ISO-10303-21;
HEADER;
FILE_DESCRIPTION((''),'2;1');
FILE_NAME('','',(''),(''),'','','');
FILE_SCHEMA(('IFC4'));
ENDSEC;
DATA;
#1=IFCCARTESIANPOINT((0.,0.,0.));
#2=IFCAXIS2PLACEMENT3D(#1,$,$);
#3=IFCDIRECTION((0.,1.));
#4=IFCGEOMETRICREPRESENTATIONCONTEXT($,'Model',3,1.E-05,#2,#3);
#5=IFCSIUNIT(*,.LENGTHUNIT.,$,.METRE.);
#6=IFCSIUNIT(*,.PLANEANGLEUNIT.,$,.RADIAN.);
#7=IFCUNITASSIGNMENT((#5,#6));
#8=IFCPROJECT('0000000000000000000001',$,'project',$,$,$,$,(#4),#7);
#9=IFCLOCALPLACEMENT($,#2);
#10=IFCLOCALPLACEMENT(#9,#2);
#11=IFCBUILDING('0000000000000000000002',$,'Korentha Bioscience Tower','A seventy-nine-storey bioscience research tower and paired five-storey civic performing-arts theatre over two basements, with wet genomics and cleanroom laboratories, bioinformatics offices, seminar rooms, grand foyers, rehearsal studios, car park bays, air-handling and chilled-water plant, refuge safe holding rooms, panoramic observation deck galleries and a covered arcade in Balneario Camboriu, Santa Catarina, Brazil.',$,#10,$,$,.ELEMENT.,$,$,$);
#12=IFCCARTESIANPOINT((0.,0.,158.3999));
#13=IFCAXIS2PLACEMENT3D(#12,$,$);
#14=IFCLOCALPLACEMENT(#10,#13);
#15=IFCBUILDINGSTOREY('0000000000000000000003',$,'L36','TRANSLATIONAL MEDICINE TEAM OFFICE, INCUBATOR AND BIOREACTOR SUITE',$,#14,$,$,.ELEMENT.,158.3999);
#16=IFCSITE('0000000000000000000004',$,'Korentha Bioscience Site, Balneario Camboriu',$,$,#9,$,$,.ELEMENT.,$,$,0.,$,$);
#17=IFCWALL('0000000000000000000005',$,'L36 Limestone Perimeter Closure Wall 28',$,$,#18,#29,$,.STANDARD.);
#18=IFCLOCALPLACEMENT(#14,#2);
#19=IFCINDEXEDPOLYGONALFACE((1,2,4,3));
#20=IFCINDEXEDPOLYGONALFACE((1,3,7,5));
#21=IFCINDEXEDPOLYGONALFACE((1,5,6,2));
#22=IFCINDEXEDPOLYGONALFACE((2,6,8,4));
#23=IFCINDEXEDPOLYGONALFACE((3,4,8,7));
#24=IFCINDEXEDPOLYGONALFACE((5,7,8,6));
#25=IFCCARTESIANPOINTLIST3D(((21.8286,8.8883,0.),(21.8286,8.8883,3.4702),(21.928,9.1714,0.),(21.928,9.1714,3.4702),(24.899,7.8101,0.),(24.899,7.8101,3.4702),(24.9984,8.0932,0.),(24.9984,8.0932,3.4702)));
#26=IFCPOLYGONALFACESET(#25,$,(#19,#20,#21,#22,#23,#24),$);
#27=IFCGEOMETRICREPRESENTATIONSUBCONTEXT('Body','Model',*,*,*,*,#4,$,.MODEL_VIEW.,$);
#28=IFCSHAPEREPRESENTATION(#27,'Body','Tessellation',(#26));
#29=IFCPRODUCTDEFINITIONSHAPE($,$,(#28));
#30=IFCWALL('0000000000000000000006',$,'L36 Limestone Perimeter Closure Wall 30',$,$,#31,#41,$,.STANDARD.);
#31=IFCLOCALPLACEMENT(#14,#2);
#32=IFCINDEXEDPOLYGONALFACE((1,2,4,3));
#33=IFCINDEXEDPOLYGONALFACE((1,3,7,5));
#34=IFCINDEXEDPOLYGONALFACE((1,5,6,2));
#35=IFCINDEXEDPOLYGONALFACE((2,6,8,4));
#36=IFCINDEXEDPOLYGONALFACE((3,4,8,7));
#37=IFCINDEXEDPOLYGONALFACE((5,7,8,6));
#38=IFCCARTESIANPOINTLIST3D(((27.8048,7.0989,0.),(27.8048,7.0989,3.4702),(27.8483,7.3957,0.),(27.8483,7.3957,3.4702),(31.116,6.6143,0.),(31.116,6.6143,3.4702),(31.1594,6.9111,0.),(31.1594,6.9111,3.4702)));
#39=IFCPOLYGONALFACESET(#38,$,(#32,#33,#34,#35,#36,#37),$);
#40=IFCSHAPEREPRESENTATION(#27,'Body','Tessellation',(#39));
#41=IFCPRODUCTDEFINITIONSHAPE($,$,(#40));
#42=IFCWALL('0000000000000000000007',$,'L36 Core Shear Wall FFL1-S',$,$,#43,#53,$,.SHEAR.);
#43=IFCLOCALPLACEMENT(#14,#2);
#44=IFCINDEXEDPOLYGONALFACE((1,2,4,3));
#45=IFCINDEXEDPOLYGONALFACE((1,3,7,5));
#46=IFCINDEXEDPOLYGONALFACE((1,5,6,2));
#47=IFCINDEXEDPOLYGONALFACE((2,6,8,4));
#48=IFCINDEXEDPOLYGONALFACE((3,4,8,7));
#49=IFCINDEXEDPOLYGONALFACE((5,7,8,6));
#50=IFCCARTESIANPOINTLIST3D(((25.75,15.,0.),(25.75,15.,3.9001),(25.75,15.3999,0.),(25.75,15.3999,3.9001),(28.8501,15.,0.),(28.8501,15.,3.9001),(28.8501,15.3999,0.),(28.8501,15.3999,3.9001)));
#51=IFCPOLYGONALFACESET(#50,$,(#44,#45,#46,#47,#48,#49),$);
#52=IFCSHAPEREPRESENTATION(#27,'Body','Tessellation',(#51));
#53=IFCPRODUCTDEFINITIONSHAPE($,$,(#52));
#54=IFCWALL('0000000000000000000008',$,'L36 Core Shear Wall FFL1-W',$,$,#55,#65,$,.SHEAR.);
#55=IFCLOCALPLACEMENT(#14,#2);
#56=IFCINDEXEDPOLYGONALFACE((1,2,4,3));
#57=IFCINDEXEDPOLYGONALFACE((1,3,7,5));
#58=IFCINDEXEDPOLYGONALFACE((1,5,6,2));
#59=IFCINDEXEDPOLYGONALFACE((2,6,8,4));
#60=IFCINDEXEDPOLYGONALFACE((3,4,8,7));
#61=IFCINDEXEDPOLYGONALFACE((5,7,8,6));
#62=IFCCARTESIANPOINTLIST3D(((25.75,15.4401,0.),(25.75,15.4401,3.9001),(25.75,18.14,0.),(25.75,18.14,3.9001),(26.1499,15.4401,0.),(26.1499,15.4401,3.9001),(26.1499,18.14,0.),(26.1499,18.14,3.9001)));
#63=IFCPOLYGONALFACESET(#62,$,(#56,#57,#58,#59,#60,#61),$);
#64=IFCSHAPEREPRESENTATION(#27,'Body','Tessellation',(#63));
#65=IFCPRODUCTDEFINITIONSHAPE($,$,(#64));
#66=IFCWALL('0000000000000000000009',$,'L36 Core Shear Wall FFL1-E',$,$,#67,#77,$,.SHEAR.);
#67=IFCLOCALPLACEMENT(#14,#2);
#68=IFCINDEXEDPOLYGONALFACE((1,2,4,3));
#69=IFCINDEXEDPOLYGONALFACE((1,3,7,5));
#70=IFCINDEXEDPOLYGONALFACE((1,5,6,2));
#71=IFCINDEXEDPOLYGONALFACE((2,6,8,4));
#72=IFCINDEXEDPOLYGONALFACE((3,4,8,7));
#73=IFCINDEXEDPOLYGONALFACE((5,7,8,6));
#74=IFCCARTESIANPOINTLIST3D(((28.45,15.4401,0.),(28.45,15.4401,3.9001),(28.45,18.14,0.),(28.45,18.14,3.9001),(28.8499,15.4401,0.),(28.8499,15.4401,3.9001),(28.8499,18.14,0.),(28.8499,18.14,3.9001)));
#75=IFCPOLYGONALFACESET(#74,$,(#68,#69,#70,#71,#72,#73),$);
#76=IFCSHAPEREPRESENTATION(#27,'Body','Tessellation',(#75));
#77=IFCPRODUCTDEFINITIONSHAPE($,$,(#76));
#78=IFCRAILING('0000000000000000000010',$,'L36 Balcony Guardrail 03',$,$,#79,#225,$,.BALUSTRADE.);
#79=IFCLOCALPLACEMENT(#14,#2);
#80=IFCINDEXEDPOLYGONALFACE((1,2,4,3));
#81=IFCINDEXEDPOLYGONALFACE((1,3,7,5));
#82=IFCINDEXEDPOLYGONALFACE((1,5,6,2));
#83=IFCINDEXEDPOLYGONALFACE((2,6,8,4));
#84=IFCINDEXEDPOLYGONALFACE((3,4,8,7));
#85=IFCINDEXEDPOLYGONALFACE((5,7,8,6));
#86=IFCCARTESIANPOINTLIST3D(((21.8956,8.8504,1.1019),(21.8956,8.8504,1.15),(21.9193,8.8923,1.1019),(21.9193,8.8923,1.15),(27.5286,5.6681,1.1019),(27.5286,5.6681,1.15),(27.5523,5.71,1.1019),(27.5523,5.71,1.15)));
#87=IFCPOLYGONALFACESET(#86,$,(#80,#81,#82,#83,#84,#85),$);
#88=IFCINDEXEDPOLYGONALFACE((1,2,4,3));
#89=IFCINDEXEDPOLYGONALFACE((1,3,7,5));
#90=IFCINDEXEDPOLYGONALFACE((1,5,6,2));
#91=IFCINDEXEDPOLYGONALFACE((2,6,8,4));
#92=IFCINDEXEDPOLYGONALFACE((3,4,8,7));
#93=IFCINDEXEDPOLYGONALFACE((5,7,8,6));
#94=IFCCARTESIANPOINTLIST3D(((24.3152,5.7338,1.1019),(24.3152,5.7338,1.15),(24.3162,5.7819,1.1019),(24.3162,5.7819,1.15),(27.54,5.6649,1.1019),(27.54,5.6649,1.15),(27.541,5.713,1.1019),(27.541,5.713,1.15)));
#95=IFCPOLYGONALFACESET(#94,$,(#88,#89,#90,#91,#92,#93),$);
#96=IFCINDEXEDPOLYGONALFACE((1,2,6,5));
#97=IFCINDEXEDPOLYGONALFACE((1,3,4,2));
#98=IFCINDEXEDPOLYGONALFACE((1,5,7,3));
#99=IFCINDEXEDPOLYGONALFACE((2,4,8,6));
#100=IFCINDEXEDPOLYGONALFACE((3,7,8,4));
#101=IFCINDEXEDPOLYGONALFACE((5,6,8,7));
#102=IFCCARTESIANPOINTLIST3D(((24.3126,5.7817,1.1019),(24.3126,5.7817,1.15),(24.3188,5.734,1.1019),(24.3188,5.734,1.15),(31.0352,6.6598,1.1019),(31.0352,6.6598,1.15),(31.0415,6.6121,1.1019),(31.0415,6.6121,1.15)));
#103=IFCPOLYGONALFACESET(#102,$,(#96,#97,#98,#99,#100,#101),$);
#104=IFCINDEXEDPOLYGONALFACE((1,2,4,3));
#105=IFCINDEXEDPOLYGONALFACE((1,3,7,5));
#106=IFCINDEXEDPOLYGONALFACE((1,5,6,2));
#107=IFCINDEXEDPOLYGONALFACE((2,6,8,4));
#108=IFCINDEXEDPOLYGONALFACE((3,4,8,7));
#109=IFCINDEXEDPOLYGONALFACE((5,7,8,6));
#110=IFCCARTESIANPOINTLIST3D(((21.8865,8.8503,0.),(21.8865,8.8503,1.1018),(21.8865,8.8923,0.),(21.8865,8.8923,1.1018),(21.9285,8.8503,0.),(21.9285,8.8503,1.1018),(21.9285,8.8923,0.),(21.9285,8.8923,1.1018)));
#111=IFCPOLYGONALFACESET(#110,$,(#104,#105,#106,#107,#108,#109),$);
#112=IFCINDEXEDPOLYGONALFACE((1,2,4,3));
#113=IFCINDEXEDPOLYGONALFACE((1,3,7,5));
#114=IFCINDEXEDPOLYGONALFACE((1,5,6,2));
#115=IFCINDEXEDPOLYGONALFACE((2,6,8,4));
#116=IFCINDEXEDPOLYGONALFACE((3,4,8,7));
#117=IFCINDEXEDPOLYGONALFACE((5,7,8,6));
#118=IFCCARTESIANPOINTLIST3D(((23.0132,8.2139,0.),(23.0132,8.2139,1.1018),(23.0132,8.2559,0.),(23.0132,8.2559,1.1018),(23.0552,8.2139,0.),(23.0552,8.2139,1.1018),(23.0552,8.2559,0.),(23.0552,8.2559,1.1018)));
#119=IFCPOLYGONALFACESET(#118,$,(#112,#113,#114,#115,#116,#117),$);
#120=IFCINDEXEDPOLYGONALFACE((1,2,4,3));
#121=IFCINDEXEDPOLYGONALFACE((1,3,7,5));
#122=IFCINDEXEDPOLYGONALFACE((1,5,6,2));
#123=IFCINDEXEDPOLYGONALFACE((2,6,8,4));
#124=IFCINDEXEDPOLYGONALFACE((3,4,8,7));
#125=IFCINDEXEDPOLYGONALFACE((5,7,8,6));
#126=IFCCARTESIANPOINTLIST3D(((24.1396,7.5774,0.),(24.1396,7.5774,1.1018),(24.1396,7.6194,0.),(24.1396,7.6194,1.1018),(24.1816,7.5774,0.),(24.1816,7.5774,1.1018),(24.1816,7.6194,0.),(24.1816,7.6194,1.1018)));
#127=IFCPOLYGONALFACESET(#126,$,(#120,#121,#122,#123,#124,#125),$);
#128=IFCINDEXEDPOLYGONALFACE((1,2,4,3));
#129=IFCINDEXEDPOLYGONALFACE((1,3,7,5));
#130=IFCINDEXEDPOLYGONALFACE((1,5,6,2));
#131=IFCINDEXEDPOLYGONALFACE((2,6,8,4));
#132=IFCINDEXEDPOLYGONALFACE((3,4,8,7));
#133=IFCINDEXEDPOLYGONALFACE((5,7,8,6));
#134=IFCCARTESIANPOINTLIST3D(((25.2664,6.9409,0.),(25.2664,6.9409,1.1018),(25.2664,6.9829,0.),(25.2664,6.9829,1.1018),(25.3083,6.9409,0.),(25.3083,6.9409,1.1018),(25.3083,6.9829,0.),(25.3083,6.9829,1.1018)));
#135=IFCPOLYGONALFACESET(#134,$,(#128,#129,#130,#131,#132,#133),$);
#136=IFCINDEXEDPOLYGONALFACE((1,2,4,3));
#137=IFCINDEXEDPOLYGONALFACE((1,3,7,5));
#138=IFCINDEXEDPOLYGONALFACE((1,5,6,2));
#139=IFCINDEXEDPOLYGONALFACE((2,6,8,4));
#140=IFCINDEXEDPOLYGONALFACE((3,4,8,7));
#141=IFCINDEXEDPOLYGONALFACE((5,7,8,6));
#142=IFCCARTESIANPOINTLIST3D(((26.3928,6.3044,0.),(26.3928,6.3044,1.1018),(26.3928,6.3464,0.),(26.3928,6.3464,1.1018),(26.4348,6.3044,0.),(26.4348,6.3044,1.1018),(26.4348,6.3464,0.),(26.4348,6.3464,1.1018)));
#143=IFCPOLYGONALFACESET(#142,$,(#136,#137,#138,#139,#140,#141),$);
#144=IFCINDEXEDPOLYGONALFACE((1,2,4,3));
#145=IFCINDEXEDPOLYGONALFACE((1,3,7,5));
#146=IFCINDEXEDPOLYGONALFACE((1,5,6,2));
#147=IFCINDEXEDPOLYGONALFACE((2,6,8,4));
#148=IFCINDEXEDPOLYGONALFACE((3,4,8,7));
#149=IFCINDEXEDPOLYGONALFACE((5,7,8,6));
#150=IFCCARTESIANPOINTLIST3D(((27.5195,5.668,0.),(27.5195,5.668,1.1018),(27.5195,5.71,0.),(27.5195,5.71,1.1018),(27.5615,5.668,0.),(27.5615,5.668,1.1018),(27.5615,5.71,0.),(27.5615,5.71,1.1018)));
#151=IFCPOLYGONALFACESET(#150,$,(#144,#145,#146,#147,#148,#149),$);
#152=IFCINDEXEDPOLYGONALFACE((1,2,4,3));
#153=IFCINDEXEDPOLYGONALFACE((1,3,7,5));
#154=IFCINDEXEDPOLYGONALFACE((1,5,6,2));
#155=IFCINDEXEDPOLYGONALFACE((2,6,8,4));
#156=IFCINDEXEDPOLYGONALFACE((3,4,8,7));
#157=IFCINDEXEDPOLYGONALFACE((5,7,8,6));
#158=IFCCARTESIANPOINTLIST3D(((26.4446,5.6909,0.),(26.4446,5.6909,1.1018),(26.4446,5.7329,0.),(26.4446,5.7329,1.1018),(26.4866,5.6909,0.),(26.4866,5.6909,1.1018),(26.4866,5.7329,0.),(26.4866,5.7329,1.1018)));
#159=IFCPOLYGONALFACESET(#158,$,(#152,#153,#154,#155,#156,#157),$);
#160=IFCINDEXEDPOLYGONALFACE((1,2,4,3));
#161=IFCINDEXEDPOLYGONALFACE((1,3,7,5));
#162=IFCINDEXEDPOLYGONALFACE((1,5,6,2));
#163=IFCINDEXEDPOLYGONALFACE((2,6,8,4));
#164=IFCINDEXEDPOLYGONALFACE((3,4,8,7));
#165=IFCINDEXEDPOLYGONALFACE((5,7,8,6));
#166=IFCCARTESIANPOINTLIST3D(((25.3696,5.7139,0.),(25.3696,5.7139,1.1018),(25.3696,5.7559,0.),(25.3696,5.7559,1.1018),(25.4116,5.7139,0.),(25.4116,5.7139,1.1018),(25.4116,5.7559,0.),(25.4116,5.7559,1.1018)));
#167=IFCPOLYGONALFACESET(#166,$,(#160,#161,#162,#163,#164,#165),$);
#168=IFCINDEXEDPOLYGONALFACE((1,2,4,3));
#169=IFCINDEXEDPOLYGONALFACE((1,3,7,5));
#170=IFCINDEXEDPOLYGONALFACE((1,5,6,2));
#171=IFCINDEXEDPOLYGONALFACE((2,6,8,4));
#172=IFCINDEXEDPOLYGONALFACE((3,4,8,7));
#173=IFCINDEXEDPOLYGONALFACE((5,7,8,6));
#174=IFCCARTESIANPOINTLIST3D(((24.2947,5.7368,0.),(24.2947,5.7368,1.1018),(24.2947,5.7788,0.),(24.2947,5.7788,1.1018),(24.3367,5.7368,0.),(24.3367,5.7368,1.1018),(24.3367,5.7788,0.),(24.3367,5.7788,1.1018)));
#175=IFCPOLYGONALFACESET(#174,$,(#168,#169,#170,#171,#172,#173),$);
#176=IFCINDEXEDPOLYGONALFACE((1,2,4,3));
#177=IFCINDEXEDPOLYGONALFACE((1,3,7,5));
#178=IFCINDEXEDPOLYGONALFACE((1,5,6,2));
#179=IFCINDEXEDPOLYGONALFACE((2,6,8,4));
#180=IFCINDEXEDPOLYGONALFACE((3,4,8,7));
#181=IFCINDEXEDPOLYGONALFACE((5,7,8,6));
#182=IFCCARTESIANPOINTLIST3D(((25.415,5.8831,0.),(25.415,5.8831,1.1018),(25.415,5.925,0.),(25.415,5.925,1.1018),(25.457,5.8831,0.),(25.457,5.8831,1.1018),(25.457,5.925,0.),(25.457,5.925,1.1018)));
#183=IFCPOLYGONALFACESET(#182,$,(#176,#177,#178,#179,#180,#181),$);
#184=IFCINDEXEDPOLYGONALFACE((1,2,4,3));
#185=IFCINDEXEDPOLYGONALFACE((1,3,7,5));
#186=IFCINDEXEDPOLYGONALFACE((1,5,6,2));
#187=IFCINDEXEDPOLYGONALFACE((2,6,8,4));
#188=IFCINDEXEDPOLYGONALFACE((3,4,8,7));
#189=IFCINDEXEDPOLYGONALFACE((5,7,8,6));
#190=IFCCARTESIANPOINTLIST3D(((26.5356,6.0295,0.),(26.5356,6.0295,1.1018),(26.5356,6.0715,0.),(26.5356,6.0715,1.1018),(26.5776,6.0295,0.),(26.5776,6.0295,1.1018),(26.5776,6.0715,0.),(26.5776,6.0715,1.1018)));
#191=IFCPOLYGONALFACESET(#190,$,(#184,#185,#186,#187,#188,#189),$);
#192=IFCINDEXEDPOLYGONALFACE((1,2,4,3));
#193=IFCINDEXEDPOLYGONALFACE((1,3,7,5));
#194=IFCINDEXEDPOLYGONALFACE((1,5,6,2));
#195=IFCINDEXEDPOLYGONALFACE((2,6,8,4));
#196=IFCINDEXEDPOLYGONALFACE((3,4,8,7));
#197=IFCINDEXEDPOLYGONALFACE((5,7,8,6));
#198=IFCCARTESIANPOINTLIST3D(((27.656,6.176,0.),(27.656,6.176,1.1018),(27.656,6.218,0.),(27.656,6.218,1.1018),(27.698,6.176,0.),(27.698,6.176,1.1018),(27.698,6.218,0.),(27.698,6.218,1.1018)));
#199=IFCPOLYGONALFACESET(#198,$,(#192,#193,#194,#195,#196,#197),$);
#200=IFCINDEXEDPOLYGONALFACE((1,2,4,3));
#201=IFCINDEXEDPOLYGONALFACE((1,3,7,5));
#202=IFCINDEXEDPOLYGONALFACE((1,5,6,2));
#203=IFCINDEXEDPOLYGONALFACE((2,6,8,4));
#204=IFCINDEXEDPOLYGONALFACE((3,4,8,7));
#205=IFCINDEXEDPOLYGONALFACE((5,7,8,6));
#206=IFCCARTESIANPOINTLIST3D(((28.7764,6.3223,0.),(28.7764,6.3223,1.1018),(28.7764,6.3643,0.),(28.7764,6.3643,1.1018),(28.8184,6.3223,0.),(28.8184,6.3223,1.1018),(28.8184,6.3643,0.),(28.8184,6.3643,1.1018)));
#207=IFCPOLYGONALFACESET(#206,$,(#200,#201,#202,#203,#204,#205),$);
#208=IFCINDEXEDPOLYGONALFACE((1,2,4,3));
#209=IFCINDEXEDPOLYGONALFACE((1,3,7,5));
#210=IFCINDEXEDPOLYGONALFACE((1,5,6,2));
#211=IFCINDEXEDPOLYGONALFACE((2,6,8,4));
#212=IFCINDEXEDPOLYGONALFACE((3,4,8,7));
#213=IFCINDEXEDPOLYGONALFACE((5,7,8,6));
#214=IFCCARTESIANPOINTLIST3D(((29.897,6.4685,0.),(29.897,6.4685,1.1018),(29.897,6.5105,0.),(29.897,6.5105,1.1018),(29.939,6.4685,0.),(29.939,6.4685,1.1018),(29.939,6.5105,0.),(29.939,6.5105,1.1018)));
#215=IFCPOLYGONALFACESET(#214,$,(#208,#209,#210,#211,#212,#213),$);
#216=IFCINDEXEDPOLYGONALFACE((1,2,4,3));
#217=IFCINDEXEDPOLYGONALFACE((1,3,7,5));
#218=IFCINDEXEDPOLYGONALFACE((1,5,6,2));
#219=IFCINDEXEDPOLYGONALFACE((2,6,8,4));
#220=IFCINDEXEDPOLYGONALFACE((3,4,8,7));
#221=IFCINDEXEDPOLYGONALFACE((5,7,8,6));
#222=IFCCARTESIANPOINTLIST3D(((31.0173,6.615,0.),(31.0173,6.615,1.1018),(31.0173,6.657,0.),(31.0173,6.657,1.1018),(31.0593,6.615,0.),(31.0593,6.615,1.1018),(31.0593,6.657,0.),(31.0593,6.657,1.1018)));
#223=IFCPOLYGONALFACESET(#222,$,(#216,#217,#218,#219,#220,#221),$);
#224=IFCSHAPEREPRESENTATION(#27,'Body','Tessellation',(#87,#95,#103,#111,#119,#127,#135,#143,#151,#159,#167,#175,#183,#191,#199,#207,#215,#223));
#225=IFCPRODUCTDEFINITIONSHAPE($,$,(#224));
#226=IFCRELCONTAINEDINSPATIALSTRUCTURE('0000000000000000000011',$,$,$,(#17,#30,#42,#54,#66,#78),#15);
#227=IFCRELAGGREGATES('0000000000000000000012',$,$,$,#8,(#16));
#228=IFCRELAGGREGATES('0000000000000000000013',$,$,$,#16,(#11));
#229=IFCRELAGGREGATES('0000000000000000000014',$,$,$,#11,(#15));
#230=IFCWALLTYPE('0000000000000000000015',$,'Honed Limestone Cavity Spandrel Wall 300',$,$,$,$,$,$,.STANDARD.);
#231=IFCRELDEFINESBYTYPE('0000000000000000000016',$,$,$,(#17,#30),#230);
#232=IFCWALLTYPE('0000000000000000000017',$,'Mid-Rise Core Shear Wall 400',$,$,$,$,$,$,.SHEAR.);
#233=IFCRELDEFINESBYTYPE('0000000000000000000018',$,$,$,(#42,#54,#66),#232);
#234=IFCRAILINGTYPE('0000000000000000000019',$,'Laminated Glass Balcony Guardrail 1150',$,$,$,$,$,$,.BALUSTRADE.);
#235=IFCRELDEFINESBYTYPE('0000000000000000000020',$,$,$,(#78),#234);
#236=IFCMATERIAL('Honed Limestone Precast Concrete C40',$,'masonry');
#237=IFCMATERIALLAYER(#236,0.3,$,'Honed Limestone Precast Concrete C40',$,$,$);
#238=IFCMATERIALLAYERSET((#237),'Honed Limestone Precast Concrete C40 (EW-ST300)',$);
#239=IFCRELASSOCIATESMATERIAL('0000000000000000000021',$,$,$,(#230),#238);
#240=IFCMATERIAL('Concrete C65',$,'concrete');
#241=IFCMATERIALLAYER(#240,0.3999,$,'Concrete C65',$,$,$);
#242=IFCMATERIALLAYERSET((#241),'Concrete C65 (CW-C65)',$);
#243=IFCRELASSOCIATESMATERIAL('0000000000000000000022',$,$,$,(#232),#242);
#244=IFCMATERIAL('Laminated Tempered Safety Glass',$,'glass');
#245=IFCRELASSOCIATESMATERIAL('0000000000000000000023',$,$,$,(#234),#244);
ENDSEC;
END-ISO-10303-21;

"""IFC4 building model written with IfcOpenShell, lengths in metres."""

from ifc_helpers import new_model, si_unit, direction, frame, frame_2d, origin, origin_2d, place, context, subcontext, project, spatial, rectangle, extrude, material, layer, layer_set, type_object, element, save


model = new_model("IFC4")

# Units and contexts
model_context = context("Model", 3, precision=1e-05, world=origin(), true_north=direction((0.0, 1.0)))
body_context = subcontext(model_context, "Body", "Model", "MODEL_VIEW")
ifc_project = project(units=[si_unit("LENGTHUNIT", "METRE"), si_unit("PLANEANGLEUNIT", "RADIAN")], contexts=[model_context])

# Site, building, storey
site_placement = place(None, origin())
site = spatial("IfcSite", under=ifc_project, at=site_placement, Name="Korentha Bioscience Site, Balneario Camboriu", CompositionType="ELEMENT", RefElevation=0.0)
building_placement = place(site_placement, origin())
building = spatial("IfcBuilding", under=site, at=building_placement, Name="Korentha Bioscience Tower", Description="A seventy-nine-storey bioscience research tower and paired five-storey civic performing-arts theatre over two basements, with wet genomics and cleanroom laboratories, bioinformatics offices, seminar rooms, grand foyers, rehearsal studios, car park bays, air-handling and chilled-water plant, refuge safe holding rooms, panoramic observation deck galleries and a covered arcade in Balneario Camboriu, Santa Catarina, Brazil.", CompositionType="ELEMENT")
storey_placement = place(building_placement, frame((0.0, 0.0, 158.3999)))
storey = spatial("IfcBuildingStorey", under=building, at=storey_placement, Name="L36", Description="TRANSLATIONAL MEDICINE TEAM OFFICE, INCUBATOR AND BIOREACTOR SUITE", CompositionType="ELEMENT", Elevation=158.3999)

# Shared definitions
ifc_material_1 = material(Name="Concrete C65", Category="concrete")

# Shared definitions
ifc_material_2 = material(Name="Honed Limestone Precast Concrete C40", Category="masonry")
ifc_layer_1 = layer(ifc_material_2, 0.3, Name="Honed Limestone Precast Concrete C40")
ifc_layer_set_1 = layer_set([ifc_layer_1], Name="Honed Limestone Precast Concrete C40 (EW-ST300)")
wall_type_1 = type_object("IfcWallType", Name="Honed Limestone Cavity Spandrel Wall 300", PredefinedType="STANDARD", material=ifc_layer_set_1)

# Walls
wall_1_placement = place(storey_placement, frame((21.8784, 9.0298, 0.0), z_axis=(0.0, 0.0, 1.0), x_axis=(0.943521, -0.331313, 0.0)))
element("IfcWall", 1, at=wall_1_placement, inside=storey, type_object=wall_type_1, Name="L36 Limestone Perimeter Closure Wall 28", PredefinedType="STANDARD", context=body_context, shape_type="SweptSolid", body=[
    extrude(rectangle(XDim=3.2542, YDim=0.3, at=frame_2d((1.627, 0.0))), origin(), (0.0, 0.0, 1.0), 3.4702),
])
wall_2_placement = place(storey_placement, frame((27.8264, 7.2473, 0.0), z_axis=(0.0, 0.0, 1.0), x_axis=(0.989459, -0.144811, 0.0)))
element("IfcWall", 2, at=wall_2_placement, inside=storey, type_object=wall_type_1, Name="L36 Limestone Perimeter Closure Wall 30", PredefinedType="STANDARD", context=body_context, shape_type="SweptSolid", body=[
    extrude(rectangle(XDim=3.3464, YDim=0.3, at=frame_2d((1.6733, 0.0))), origin(), (0.0, 0.0, 1.0), 3.4702),
])
ifc_layer_2 = layer(ifc_material_1, 0.3999, Name="Concrete C65")
ifc_layer_set_2 = layer_set([ifc_layer_2], Name="Concrete C65 (CW-C65)")
wall_type_2 = type_object("IfcWallType", Name="Mid-Rise Core Shear Wall 400", PredefinedType="SHEAR", material=ifc_layer_set_2)
wall_3_placement = place(storey_placement, frame((25.75, 15.2, 0.0), z_axis=(0.0, 0.0, 1.0), x_axis=(1.0, 0.0, 0.0)))
element("IfcWall", 3, at=wall_3_placement, inside=storey, type_object=wall_type_2, Name="L36 Core Shear Wall FFL1-S", PredefinedType="SHEAR", context=body_context, shape_type="SweptSolid", body=[
    extrude(rectangle(XDim=3.1001, YDim=0.3999, at=frame_2d((1.55, 0.0))), origin(), (0.0, 0.0, 1.0), 3.9001),
])
for number, where, z_axis, x_axis, name in (
    (4, (25.95, 15.4399, 0.0), (0.0, 0.0, 1.0), (0.0, 1.0, 0.0), "L36 Core Shear Wall FFL1-W"),
    (5, (28.6499, 15.4399, 0.0), (0.0, 0.0, 1.0), (0.0, 1.0, 0.0), "L36 Core Shear Wall FFL1-E"),
):
    element("IfcWall", number, at=place(storey_placement, frame(where, z_axis=z_axis, x_axis=x_axis)), inside=storey, type_object=wall_type_2, Name=name, PredefinedType="SHEAR", context=body_context, shape_type="SweptSolid", body=[
        extrude(rectangle(XDim=2.7, YDim=0.3999, at=frame_2d((1.3501, 0.0))), origin(), (0.0, 0.0, 1.0), 3.9001),
    ])

# Railing
ifc_material_3 = material(Name="Laminated Tempered Safety Glass", Category="glass")
railing_type = type_object("IfcRailingType", Name="Laminated Glass Balcony Guardrail 1150", PredefinedType="BALUSTRADE", material=ifc_material_3)
railing_placement = place(storey_placement, frame((21.9075, 8.8713, 0.0)))
element("IfcRailing", 6, at=railing_placement, inside=storey, type_object=railing_type, Name="L36 Balcony Guardrail 03", PredefinedType="BALUSTRADE", context=body_context, shape_type="SweptSolid", body=[
    extrude(rectangle(XDim=0.0481, YDim=0.0481, at=origin_2d()), frame((0.0, 0.0, 1.126), z_axis=(0.870664, -0.491878, 0.0), x_axis=(0.491878, 0.870664, 0.0)), (0.0, 0.0, 1.0), 6.4697),
    extrude(rectangle(XDim=0.0481, YDim=0.0481, at=origin_2d()), frame((5.6331, -3.1824, 1.126), z_axis=(-0.999772, 0.021344, 0.0), x_axis=(-0.021344, -0.999772, 0.0)), (0.0, 0.0, 1.0), 3.2256),
    extrude(rectangle(XDim=0.0481, YDim=0.0481, at=origin_2d()), frame((2.4082, -3.1135, 1.126), z_axis=(0.991576, 0.129529, 0.0), x_axis=(-0.129529, 0.991576, 0.0)), (0.0, 0.0, 1.0), 6.7798),
    extrude(rectangle(XDim=0.042, YDim=0.042, at=origin_2d()), origin(), (0.0, 0.0, 1.0), 1.1018),
    extrude(rectangle(XDim=0.042, YDim=0.042, at=origin_2d()), frame((1.1267, -0.6365, 0.0)), (0.0, 0.0, 1.0), 1.1018),
    extrude(rectangle(XDim=0.042, YDim=0.042, at=origin_2d()), frame((2.2532, -1.2729, 0.0)), (0.0, 0.0, 1.0), 1.1018),
    extrude(rectangle(XDim=0.042, YDim=0.042, at=origin_2d()), frame((3.3799, -1.9094, 0.0)), (0.0, 0.0, 1.0), 1.1018),
    extrude(rectangle(XDim=0.042, YDim=0.042, at=origin_2d()), frame((4.5063, -2.5459, 0.0)), (0.0, 0.0, 1.0), 1.1018),
    extrude(rectangle(XDim=0.042, YDim=0.042, at=origin_2d()), frame((5.6331, -3.1824, 0.0)), (0.0, 0.0, 1.0), 1.1018),
    extrude(rectangle(XDim=0.042, YDim=0.042, at=origin_2d()), frame((4.5581, -3.1594, 0.0)), (0.0, 0.0, 1.0), 1.1018),
    extrude(rectangle(XDim=0.042, YDim=0.042, at=origin_2d()), frame((3.4832, -3.1365, 0.0)), (0.0, 0.0, 1.0), 1.1018),
    extrude(rectangle(XDim=0.042, YDim=0.042, at=origin_2d()), frame((2.4082, -3.1135, 0.0)), (0.0, 0.0, 1.0), 1.1018),
    extrude(rectangle(XDim=0.042, YDim=0.042, at=origin_2d()), frame((3.5286, -2.9673, 0.0)), (0.0, 0.0, 1.0), 1.1018),
    extrude(rectangle(XDim=0.042, YDim=0.042, at=origin_2d()), frame((4.6492, -2.8208, 0.0)), (0.0, 0.0, 1.0), 1.1018),
    extrude(rectangle(XDim=0.042, YDim=0.042, at=origin_2d()), frame((5.7695, -2.6743, 0.0)), (0.0, 0.0, 1.0), 1.1018),
    extrude(rectangle(XDim=0.042, YDim=0.042, at=origin_2d()), frame((6.8899, -2.5281, 0.0)), (0.0, 0.0, 1.0), 1.1018),
    extrude(rectangle(XDim=0.042, YDim=0.042, at=origin_2d()), frame((8.0105, -2.3818, 0.0)), (0.0, 0.0, 1.0), 1.1018),
    extrude(rectangle(XDim=0.042, YDim=0.042, at=origin_2d()), frame((9.1309, -2.2354, 0.0)), (0.0, 0.0, 1.0), 1.1018),
])

save(model, "model.ifc")
